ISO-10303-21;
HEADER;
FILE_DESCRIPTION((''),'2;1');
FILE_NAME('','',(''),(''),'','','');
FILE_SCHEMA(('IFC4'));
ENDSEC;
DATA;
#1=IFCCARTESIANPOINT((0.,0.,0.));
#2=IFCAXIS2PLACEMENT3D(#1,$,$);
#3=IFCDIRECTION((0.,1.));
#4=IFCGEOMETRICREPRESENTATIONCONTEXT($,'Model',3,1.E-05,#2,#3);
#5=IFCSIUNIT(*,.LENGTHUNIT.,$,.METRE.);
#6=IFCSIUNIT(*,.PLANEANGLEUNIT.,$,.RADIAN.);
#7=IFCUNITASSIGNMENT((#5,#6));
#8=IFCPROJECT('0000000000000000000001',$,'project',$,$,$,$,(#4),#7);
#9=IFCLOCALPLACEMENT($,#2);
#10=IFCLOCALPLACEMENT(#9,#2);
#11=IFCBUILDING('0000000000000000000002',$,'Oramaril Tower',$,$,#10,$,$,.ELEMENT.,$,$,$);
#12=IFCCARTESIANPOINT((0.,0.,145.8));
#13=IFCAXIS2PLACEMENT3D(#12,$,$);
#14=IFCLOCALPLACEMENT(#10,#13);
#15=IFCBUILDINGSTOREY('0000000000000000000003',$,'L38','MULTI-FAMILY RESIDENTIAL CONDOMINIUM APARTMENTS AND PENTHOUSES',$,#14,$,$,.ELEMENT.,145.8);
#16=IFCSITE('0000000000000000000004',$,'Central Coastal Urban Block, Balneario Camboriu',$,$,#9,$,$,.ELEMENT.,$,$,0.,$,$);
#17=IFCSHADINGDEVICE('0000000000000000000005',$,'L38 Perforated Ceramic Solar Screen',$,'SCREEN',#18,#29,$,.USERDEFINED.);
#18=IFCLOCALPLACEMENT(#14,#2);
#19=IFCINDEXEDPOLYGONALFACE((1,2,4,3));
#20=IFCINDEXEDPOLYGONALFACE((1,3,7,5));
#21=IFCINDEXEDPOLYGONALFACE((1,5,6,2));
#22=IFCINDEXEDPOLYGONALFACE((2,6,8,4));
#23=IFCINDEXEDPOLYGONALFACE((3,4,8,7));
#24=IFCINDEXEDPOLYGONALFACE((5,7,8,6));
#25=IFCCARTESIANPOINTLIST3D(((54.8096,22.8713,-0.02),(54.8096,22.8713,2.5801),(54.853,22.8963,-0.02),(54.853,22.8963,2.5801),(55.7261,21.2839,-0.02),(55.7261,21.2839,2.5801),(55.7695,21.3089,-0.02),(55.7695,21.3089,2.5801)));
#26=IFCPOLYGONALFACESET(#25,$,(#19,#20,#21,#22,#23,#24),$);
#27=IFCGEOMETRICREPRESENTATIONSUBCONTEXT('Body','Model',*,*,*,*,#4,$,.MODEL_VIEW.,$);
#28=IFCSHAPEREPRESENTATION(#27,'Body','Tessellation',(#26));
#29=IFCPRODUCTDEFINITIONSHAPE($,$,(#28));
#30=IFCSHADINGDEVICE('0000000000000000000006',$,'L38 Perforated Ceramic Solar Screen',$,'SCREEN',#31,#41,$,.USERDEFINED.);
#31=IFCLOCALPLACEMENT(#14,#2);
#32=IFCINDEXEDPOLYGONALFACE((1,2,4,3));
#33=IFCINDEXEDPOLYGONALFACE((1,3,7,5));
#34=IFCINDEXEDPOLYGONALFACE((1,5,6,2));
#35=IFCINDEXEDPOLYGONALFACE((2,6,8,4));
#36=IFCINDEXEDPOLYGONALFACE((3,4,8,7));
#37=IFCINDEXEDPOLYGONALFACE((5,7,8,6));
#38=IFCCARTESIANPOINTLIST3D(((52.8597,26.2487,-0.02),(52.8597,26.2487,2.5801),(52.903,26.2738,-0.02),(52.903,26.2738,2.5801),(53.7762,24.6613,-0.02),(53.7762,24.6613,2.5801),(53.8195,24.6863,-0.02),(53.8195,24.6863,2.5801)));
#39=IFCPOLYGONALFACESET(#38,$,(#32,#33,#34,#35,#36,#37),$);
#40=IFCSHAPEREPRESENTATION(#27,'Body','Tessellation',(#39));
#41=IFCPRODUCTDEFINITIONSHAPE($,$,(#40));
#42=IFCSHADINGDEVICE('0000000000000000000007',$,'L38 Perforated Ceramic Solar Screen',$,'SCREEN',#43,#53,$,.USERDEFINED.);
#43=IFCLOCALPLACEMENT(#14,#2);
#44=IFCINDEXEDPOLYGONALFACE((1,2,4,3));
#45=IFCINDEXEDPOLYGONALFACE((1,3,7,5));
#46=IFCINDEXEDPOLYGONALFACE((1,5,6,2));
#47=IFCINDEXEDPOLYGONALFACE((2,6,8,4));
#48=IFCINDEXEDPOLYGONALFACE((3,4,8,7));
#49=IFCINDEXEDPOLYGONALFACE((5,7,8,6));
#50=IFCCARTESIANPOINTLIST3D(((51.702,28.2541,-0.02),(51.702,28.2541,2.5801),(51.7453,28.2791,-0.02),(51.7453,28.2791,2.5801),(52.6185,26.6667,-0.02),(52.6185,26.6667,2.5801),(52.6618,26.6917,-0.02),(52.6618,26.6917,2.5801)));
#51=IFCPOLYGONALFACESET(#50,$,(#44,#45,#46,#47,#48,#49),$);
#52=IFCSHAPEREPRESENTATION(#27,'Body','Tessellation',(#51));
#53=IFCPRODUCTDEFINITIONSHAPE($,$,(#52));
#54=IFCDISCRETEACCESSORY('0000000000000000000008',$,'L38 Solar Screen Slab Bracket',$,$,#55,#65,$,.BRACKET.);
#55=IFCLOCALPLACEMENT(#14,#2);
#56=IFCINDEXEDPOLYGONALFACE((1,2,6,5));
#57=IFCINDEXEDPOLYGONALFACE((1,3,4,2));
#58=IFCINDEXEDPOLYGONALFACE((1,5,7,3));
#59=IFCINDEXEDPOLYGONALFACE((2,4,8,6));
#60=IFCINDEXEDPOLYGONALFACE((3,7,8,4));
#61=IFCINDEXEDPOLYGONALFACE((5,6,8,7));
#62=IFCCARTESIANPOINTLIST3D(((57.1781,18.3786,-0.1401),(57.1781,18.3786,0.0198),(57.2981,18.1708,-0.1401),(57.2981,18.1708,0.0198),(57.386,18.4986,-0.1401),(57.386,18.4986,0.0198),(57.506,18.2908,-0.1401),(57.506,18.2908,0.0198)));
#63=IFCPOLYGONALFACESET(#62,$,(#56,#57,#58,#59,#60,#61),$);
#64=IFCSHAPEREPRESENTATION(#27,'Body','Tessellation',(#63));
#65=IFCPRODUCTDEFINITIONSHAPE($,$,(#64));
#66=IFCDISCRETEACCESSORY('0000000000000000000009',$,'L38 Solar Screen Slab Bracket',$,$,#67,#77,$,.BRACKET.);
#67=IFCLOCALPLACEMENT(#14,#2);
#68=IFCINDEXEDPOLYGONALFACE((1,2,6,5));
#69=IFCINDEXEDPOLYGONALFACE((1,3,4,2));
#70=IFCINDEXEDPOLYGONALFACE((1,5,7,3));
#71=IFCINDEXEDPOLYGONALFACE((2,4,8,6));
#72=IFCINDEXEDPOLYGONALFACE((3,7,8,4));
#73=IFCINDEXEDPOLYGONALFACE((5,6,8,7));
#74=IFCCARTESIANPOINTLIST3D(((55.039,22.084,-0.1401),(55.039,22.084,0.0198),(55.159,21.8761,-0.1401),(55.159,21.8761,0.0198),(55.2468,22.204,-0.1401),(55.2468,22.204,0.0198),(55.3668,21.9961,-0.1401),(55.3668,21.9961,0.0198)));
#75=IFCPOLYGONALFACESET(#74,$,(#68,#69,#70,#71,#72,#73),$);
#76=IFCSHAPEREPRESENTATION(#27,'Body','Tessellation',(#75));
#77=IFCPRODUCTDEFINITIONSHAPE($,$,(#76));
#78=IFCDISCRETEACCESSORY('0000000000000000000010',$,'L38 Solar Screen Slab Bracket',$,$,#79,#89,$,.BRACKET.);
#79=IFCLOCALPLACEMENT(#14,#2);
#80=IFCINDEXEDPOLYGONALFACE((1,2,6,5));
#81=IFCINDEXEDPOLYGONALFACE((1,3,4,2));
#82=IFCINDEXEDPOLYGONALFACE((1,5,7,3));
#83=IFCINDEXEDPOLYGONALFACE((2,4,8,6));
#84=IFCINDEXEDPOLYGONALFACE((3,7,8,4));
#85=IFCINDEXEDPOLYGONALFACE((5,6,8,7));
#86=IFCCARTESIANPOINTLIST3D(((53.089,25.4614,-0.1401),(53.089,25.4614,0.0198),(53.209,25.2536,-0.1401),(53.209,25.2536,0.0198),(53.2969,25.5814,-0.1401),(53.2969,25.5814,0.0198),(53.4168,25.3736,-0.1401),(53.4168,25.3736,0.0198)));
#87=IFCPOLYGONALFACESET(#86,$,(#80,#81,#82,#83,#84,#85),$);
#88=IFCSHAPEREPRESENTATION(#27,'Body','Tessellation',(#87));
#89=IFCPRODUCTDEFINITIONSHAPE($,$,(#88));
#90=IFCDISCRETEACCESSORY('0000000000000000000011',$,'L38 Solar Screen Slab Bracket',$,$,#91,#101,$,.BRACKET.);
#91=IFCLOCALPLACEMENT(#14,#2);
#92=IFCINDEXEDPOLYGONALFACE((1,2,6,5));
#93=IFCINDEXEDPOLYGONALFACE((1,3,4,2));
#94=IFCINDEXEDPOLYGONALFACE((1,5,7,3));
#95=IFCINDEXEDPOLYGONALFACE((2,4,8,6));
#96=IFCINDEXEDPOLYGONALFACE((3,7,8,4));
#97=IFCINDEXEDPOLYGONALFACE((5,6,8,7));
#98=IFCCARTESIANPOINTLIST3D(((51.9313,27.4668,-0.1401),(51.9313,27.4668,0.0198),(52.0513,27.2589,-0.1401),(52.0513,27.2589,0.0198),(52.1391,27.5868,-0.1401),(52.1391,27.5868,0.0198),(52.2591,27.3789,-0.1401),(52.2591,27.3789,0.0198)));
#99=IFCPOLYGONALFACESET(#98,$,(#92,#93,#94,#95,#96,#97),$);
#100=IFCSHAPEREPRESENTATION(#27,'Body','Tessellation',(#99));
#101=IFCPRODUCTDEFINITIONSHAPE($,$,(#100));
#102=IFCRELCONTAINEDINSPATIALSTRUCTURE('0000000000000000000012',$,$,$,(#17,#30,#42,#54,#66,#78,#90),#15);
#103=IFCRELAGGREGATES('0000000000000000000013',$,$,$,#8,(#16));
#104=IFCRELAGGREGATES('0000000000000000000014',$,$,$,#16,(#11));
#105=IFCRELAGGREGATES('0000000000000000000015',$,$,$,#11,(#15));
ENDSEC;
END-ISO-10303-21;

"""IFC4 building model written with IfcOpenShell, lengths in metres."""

from ifc_helpers import new_model, si_unit, direction, frame, origin, origin_2d, place, context, subcontext, project, spatial, rectangle, extrude, element, save


model = new_model("IFC4")

# Units and contexts
model_context = context("Model", 3, precision=1e-05, world=origin(), true_north=direction((0.0, 1.0)))
body_context = subcontext(model_context, "Body", "Model", "MODEL_VIEW")
ifc_project = project(units=[si_unit("LENGTHUNIT", "METRE"), si_unit("PLANEANGLEUNIT", "RADIAN")], contexts=[model_context])

# Site, building, storey
site_placement = place(None, origin())
site = spatial("IfcSite", under=ifc_project, at=site_placement, Name="Central Coastal Urban Block, Balneario Camboriu", CompositionType="ELEMENT", RefElevation=0.0)
building_placement = place(site_placement, origin())
building = spatial("IfcBuilding", under=site, at=building_placement, Name="Oramaril Tower", CompositionType="ELEMENT")
storey_placement = place(building_placement, frame((0.0, 0.0, 145.8)))
storey = spatial("IfcBuildingStorey", under=building, at=storey_placement, Name="L38", Description="MULTI-FAMILY RESIDENTIAL CONDOMINIUM APARTMENTS AND PENTHOUSES", CompositionType="ELEMENT", Elevation=145.8)

# Shading devices
for number, where, z_axis, x_axis, name in (
    (1, (55.2896, 22.0901, -0.02), (0.0, 0.0, 1.0), (-0.499998, 0.866026, 0.0), "L38 Perforated Ceramic Solar Screen"),
    (2, (53.3396, 25.4675, -0.02), (0.0, 0.0, 1.0), (-0.499998, 0.866026, 0.0), "L38 Perforated Ceramic Solar Screen"),
    (3, (52.1819, 27.4729, -0.02), (0.0, 0.0, 1.0), (-0.499998, 0.866026, 0.0), "L38 Perforated Ceramic Solar Screen"),
):
    element("IfcShadingDevice", number, at=place(storey_placement, frame(where, z_axis=z_axis, x_axis=x_axis)), inside=storey, Name=name, ObjectType="SCREEN", PredefinedType="USERDEFINED", context=body_context, shape_type="SweptSolid", body=[
        extrude(rectangle(XDim=1.833, YDim=0.05, at=origin_2d()), origin(), (0.0, 0.0, 1.0), 2.6001),
    ])

# Discrete accessories
for number, where, z_axis, x_axis, name in (
    (4, (57.342, 18.3347, -0.1401), (0.0, 0.0, 1.0), (-0.499998, 0.866026, 0.0), "L38 Solar Screen Slab Bracket"),
    (5, (55.2029, 22.04, -0.1401), (0.0, 0.0, 1.0), (-0.499998, 0.866026, 0.0), "L38 Solar Screen Slab Bracket"),
    (6, (53.2529, 25.4175, -0.1401), (0.0, 0.0, 1.0), (-0.499998, 0.866026, 0.0), "L38 Solar Screen Slab Bracket"),
    (7, (52.0952, 27.4229, -0.1401), (0.0, 0.0, 1.0), (-0.499998, 0.866026, 0.0), "L38 Solar Screen Slab Bracket"),
):
    element("IfcDiscreteAccessory", number, at=place(storey_placement, frame(where, z_axis=z_axis, x_axis=x_axis)), inside=storey, Name=name, PredefinedType="BRACKET", context=body_context, shape_type="SweptSolid", body=[
        extrude(rectangle(XDim=0.24, YDim=0.24, at=origin_2d()), origin(), (0.0, 0.0, 1.0), 0.1599),
    ])

save(model, "model.ifc")
